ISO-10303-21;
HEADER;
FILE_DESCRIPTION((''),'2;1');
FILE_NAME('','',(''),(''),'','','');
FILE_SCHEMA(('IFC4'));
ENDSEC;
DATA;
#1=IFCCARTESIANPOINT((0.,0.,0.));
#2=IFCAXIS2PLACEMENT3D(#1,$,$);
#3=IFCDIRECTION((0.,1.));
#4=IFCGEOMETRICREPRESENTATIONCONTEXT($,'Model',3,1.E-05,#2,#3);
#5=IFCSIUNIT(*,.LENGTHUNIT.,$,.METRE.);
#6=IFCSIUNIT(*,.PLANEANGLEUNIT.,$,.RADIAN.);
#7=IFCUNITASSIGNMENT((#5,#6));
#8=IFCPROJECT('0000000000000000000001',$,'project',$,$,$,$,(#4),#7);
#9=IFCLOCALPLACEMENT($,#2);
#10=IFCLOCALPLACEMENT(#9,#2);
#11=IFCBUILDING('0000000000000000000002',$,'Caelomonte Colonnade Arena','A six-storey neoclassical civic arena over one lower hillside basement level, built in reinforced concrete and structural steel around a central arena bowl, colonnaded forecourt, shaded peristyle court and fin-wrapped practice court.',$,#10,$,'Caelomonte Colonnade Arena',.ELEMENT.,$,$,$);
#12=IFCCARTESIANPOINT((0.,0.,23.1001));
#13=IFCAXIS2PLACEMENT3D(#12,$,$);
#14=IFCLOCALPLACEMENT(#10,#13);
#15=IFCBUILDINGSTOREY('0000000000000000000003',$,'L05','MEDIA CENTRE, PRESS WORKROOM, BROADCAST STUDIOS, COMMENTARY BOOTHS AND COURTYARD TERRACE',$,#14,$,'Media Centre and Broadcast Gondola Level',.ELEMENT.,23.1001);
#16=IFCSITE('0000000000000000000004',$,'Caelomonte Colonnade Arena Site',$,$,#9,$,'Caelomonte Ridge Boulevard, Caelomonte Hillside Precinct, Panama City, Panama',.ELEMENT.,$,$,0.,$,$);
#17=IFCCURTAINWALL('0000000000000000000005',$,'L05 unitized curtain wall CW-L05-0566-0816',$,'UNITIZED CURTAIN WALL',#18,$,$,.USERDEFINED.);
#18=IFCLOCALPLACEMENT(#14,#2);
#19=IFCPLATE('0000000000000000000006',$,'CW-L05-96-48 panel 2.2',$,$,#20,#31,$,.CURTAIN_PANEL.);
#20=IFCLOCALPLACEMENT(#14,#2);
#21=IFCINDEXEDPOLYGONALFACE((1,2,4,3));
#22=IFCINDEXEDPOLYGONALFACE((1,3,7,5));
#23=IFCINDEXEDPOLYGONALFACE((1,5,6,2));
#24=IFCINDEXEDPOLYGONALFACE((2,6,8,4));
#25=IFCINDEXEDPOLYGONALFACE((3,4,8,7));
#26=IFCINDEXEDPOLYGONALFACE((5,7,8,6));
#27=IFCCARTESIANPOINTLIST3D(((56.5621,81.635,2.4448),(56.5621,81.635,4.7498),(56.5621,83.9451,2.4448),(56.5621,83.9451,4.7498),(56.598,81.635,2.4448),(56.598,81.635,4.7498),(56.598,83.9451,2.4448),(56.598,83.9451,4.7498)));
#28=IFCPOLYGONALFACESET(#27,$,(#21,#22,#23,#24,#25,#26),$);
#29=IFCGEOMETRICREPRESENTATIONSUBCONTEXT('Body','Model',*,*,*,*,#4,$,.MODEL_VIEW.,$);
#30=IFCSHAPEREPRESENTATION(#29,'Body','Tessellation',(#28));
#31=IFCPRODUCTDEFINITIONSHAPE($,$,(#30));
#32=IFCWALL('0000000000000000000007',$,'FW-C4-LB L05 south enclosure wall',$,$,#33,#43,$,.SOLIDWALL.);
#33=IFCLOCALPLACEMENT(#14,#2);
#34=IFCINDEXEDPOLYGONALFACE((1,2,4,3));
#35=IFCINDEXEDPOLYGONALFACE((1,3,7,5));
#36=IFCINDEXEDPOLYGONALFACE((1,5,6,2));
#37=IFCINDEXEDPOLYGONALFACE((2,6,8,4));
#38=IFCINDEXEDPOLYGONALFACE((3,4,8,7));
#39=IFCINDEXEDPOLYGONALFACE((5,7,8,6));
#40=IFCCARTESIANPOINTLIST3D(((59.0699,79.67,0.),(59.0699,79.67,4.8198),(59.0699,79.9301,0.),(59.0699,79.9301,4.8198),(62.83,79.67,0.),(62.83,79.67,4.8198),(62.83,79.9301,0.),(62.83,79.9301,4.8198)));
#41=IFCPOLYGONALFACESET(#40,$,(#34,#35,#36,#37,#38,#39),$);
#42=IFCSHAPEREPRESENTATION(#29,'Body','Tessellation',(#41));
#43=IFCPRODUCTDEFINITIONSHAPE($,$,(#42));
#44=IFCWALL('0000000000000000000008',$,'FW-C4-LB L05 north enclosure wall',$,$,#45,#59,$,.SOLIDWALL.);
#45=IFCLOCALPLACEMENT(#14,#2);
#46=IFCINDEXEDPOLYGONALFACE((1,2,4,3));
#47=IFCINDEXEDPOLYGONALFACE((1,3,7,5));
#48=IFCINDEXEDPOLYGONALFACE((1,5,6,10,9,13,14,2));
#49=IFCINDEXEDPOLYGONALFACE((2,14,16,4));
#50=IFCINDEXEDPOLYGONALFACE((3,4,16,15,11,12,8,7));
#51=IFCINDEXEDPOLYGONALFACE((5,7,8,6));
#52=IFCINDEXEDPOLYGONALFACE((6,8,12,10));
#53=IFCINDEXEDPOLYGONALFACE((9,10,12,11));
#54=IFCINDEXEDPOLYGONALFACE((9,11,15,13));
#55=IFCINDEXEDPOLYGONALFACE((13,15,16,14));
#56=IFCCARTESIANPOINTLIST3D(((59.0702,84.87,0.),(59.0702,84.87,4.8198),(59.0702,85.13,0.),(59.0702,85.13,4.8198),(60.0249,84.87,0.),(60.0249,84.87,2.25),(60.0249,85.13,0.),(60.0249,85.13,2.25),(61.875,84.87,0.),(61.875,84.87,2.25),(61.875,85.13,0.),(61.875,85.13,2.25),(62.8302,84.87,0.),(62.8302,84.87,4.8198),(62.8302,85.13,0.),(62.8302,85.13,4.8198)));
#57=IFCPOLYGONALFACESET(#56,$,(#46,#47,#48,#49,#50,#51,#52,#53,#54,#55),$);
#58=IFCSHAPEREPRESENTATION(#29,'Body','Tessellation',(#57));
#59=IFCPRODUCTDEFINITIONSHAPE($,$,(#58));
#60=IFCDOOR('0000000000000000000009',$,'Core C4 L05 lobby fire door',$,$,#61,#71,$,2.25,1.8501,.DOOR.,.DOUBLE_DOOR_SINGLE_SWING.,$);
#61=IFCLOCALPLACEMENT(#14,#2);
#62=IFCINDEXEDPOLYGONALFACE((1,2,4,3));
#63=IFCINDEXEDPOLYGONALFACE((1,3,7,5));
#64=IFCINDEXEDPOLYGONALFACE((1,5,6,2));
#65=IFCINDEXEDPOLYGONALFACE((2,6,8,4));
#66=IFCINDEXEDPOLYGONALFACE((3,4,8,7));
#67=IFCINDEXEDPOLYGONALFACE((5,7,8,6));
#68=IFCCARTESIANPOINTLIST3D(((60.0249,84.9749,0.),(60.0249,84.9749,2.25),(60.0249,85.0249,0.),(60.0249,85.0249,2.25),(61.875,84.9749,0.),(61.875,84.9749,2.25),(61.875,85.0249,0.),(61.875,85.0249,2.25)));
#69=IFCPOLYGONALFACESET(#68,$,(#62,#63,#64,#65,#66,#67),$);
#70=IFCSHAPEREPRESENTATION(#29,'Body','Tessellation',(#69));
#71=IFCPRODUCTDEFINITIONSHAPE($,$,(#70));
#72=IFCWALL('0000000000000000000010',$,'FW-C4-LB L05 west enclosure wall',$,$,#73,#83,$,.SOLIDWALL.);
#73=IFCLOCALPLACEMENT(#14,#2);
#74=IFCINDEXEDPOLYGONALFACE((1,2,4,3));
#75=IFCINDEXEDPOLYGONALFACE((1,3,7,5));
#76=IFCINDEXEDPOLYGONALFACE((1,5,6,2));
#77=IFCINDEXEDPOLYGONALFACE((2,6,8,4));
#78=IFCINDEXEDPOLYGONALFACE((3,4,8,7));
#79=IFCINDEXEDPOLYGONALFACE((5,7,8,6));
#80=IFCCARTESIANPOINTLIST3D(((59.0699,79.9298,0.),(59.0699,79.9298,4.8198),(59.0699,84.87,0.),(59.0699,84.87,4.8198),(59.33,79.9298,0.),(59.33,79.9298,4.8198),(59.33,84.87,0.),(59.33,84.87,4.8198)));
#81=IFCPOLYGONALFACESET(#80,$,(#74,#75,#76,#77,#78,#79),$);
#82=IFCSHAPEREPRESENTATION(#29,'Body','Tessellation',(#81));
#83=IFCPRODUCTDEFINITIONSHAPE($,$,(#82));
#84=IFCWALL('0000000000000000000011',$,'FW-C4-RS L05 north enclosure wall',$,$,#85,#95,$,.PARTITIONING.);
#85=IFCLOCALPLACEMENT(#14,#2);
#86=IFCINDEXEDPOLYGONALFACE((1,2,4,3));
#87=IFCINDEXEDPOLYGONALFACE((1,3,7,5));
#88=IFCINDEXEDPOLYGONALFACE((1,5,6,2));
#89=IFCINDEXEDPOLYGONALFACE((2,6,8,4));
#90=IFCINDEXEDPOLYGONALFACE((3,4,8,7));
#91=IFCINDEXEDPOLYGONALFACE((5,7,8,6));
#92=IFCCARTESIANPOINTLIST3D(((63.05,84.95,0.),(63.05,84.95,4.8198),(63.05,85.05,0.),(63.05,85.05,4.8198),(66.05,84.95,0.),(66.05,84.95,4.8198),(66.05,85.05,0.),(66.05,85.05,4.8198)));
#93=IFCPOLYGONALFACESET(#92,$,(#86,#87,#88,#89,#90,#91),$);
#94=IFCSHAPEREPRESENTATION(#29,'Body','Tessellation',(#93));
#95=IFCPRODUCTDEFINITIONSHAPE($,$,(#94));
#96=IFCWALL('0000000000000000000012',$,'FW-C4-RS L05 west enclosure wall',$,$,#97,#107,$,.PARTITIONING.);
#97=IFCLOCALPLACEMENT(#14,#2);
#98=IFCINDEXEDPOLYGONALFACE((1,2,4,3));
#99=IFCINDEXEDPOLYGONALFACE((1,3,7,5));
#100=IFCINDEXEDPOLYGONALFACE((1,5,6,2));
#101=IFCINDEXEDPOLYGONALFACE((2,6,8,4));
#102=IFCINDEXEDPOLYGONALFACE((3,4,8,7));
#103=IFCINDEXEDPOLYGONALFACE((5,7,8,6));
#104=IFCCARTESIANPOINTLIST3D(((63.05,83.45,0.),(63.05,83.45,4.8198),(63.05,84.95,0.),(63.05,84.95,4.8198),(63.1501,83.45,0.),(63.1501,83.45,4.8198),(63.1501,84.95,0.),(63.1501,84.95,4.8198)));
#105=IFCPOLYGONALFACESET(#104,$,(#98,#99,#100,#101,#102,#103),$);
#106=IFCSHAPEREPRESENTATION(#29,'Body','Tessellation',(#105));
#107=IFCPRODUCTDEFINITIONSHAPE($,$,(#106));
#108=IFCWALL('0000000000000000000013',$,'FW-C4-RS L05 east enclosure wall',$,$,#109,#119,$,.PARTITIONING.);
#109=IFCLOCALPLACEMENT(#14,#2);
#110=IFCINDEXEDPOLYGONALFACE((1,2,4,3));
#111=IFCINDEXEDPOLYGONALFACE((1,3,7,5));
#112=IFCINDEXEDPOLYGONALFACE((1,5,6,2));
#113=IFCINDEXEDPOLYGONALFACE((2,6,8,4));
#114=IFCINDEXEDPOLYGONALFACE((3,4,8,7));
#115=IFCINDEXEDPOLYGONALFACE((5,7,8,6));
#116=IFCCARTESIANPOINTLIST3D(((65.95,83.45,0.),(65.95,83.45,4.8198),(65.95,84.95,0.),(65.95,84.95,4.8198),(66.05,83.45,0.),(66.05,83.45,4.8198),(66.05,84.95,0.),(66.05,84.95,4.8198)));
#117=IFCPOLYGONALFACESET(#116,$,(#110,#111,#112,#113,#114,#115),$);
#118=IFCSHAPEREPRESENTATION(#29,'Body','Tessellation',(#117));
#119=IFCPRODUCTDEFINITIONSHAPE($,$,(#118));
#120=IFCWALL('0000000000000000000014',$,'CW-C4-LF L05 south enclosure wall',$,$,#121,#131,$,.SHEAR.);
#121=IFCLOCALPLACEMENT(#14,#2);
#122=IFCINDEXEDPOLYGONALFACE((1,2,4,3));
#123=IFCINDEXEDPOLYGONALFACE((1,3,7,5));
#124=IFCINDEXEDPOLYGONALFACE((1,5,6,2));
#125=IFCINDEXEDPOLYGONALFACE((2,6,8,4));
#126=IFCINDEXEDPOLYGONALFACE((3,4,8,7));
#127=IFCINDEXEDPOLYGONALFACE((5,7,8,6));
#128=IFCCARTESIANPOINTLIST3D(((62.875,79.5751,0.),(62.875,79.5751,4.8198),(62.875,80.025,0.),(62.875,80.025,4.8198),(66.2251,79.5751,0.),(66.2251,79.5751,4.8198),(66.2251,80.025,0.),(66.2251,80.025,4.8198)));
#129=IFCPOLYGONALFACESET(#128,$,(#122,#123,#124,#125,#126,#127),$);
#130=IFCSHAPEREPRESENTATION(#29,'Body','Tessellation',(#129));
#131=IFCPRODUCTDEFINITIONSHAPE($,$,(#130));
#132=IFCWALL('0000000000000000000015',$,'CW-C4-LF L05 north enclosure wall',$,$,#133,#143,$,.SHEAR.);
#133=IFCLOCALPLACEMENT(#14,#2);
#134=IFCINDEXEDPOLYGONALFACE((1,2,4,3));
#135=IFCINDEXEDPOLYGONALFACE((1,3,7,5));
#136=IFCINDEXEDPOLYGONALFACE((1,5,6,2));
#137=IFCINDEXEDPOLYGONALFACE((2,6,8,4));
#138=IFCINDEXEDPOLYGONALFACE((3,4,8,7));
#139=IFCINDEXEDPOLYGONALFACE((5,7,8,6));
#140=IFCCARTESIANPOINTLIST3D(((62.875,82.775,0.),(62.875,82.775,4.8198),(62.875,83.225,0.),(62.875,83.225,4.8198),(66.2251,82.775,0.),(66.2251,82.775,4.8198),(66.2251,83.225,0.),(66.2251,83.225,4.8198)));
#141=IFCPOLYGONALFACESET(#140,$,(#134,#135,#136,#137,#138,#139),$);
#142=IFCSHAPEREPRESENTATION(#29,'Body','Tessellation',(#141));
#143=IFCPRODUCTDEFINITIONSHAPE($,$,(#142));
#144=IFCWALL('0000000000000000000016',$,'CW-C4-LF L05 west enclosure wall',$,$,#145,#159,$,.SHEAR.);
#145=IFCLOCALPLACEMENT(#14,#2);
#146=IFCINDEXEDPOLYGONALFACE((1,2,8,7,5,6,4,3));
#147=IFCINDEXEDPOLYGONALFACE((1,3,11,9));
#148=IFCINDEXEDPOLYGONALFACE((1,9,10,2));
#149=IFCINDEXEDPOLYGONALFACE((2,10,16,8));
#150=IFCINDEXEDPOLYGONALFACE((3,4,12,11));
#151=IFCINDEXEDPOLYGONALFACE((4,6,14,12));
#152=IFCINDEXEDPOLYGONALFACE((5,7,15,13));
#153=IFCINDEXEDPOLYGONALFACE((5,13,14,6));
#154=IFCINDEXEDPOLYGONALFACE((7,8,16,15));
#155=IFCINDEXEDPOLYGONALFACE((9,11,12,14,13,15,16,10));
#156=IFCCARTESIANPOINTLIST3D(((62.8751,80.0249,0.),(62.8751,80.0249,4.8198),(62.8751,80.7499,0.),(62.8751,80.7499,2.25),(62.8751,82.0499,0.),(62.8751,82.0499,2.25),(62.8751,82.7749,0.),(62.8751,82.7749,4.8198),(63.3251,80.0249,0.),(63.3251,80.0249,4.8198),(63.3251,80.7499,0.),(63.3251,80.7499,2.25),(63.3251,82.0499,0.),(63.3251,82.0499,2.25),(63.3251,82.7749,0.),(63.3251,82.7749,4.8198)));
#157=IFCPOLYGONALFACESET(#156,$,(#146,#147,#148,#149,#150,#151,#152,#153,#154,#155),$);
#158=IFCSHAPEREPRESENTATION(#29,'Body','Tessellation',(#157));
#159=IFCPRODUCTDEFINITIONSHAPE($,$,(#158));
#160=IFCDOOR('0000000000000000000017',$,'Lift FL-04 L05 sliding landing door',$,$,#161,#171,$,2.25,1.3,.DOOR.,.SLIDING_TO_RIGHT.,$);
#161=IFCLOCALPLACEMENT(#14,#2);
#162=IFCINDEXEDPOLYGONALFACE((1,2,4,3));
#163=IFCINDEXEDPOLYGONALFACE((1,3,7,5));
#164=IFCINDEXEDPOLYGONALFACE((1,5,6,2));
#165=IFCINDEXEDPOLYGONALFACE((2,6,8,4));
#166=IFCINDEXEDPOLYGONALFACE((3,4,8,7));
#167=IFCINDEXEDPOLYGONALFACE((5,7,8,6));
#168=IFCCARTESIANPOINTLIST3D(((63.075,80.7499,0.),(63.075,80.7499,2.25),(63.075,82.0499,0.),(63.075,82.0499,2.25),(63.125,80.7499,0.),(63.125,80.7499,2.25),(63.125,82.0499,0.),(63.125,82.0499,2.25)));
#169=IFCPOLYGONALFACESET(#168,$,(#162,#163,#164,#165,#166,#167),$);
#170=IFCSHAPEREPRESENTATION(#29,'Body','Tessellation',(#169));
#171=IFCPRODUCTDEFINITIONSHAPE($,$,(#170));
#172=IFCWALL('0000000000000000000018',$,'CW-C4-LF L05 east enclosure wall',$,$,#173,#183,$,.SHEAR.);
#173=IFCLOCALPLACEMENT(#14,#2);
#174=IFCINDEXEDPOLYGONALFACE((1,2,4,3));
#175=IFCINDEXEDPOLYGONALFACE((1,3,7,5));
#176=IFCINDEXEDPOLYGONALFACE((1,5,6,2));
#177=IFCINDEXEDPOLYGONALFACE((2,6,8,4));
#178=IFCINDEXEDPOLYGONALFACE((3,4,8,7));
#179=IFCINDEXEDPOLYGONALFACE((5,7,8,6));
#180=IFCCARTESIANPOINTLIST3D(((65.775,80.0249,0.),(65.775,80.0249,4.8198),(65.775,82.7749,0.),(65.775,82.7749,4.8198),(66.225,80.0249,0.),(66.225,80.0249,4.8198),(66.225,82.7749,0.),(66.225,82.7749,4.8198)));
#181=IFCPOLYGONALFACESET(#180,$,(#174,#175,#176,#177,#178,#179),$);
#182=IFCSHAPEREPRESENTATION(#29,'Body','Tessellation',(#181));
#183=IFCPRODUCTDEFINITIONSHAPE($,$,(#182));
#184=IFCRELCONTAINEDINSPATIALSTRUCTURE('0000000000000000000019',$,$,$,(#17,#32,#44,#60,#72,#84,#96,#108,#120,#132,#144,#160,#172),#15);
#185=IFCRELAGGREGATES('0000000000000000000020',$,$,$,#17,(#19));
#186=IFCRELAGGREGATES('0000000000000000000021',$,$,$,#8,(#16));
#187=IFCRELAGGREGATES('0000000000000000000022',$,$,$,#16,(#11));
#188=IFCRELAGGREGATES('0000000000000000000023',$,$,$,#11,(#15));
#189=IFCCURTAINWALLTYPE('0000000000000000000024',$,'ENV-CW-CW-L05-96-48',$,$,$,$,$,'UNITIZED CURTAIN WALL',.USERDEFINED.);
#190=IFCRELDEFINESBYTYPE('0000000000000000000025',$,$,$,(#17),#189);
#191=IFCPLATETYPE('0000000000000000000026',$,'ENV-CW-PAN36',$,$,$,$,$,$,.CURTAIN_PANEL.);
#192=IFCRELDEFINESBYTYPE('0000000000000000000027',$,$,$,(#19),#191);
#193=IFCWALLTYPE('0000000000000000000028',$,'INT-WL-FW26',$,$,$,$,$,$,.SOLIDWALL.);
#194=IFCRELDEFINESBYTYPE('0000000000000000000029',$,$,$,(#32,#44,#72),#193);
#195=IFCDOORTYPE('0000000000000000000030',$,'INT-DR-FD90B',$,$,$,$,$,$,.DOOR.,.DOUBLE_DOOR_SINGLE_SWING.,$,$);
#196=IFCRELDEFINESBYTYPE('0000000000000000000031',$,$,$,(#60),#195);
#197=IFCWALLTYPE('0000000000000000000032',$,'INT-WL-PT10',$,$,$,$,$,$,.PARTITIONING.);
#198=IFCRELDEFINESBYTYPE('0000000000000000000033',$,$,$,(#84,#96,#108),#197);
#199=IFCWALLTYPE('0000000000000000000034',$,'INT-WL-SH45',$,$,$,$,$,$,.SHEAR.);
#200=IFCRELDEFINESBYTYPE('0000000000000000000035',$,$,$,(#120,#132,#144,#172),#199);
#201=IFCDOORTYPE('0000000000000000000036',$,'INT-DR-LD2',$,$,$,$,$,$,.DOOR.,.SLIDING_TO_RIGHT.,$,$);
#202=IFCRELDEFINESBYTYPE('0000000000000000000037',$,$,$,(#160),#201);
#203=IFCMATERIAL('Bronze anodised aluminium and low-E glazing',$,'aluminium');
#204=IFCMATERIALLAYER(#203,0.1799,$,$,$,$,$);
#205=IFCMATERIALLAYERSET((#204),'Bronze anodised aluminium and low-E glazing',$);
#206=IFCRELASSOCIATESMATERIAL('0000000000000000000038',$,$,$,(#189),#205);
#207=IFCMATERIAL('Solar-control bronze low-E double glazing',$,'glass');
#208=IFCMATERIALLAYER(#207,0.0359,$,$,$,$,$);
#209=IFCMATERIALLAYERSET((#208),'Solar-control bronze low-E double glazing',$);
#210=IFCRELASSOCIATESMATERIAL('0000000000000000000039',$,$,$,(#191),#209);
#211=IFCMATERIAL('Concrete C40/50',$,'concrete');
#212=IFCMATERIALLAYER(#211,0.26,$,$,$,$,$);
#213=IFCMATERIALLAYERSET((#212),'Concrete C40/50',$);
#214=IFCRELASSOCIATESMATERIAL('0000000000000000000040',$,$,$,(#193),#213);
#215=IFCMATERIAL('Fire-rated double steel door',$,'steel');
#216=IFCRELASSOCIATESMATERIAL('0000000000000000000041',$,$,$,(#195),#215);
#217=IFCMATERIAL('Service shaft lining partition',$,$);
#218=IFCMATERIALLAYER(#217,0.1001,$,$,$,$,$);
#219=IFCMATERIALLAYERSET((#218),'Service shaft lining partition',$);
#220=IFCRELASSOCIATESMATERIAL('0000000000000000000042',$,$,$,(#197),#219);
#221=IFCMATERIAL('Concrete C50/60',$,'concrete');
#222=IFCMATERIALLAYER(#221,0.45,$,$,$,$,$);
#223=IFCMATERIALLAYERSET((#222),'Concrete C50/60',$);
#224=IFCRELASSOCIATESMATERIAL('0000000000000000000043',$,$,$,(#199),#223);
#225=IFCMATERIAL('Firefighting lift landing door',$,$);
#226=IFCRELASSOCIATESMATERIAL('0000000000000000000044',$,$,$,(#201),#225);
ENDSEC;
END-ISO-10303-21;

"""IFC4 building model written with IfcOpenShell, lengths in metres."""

from ifc_helpers import new_model, si_unit, direction, frame, frame_2d, origin, origin_2d, place, context, subcontext, project, spatial, rectangle, extrude, material, layer, layer_set, type_object, element, fill, aggregate, save


model = new_model("IFC4")

# Units and contexts
model_context = context("Model", 3, precision=1e-05, world=origin(), true_north=direction((0.0, 1.0)))
body_context = subcontext(model_context, "Body", "Model", "MODEL_VIEW")
ifc_project = project(units=[si_unit("LENGTHUNIT", "METRE"), si_unit("PLANEANGLEUNIT", "RADIAN")], contexts=[model_context])

# Site, building, storey
site_placement = place(None, origin())
site = spatial("IfcSite", under=ifc_project, at=site_placement, Name="Caelomonte Colonnade Arena Site", LongName="Caelomonte Ridge Boulevard, Caelomonte Hillside Precinct, Panama City, Panama", CompositionType="ELEMENT", RefElevation=0.0)
building_placement = place(site_placement, origin())
building = spatial("IfcBuilding", under=site, at=building_placement, Name="Caelomonte Colonnade Arena", Description="A six-storey neoclassical civic arena over one lower hillside basement level, built in reinforced concrete and structural steel around a central arena bowl, colonnaded forecourt, shaded peristyle court and fin-wrapped practice court.", LongName="Caelomonte Colonnade Arena", CompositionType="ELEMENT")
storey_placement = place(building_placement, frame((0.0, 0.0, 23.1001)))
storey = spatial("IfcBuildingStorey", under=building, at=storey_placement, Name="L05", Description="MEDIA CENTRE, PRESS WORKROOM, BROADCAST STUDIOS, COMMENTARY BOOTHS AND COURTYARD TERRACE", LongName="Media Centre and Broadcast Gondola Level", CompositionType="ELEMENT", Elevation=23.1001)

# Curtain wall
ifc_material_1 = material(Name="Bronze anodised aluminium and low-E glazing", Category="aluminium")
ifc_layer_1 = layer(ifc_material_1, 0.1799)
ifc_layer_set_1 = layer_set([ifc_layer_1], Name="Bronze anodised aluminium and low-E glazing")
curtain_wall_type = type_object("IfcCurtainWallType", Name="ENV-CW-CW-L05-96-48", ElementType="UNITIZED CURTAIN WALL", PredefinedType="USERDEFINED", material=ifc_layer_set_1)
curtain_wall_placement = place(storey_placement, origin())
curtain_wall = element("IfcCurtainWall", 1, at=curtain_wall_placement, inside=storey, type_object=curtain_wall_type, Name="L05 unitized curtain wall CW-L05-0566-0816", ObjectType="UNITIZED CURTAIN WALL", PredefinedType="USERDEFINED")

# Plate
ifc_material_2 = material(Name="Solar-control bronze low-E double glazing", Category="glass")
ifc_layer_2 = layer(ifc_material_2, 0.0359)
ifc_layer_set_2 = layer_set([ifc_layer_2], Name="Solar-control bronze low-E double glazing")
plate_type = type_object("IfcPlateType", Name="ENV-CW-PAN36", PredefinedType="CURTAIN_PANEL", material=ifc_layer_set_2)
plate_1_placement = place(storey_placement, frame((56.5801, 82.79, 2.4448), z_axis=(0.0, 0.0, 1.0), x_axis=(0.0, -1.0, 0.0)))
plate_1 = element("IfcPlate", 2, at=plate_1_placement, type_object=plate_type, Name="CW-L05-96-48 panel 2.2", PredefinedType="CURTAIN_PANEL", context=body_context, shape_type="SweptSolid", body=[
    extrude(rectangle(XDim=2.3101, YDim=0.0359, at=origin_2d()), origin(), (0.0, 0.0, 1.0), 2.3049),
])
aggregate(curtain_wall, [plate_1])

# Wall
ifc_material_3 = material(Name="Concrete C40/50", Category="concrete")
ifc_layer_3 = layer(ifc_material_3, 0.26)
ifc_layer_set_3 = layer_set([ifc_layer_3], Name="Concrete C40/50")
wall_type_1 = type_object("IfcWallType", Name="INT-WL-FW26", PredefinedType="SOLIDWALL", material=ifc_layer_set_3)
wall_1_placement = place(storey_placement, frame((59.0701, 79.8, 0.0), z_axis=(0.0, 0.0, 1.0), x_axis=(1.0, 0.0, 0.0)))
element("IfcWall", 3, at=wall_1_placement, inside=storey, type_object=wall_type_1, Name="FW-C4-LB L05 south enclosure wall", PredefinedType="SOLIDWALL", context=body_context, shape_type="SweptSolid", body=[
    extrude(rectangle(XDim=3.76, YDim=0.26, at=frame_2d((1.8799, 0.0))), origin(), (0.0, 0.0, 1.0), 4.8198),
])

# Wall, opening, door
wall_2_placement = place(storey_placement, frame((62.8301, 85.0, 0.0), z_axis=(0.0, 0.0, 1.0), x_axis=(-1.0, 0.0, 0.0)))
wall_2 = element("IfcWall", 4, at=wall_2_placement, inside=storey, type_object=wall_type_1, Name="FW-C4-LB L05 north enclosure wall", PredefinedType="SOLIDWALL", context=body_context, shape_type="SweptSolid", body=[
    extrude(rectangle(XDim=3.76, YDim=0.26, at=frame_2d((1.8799, 0.0))), origin(), (0.0, 0.0, 1.0), 4.8198),
])
opening_1_placement = place(wall_2_placement, frame((2.8052, 0.0, 0.0), z_axis=(0.0, 0.0, 1.0), x_axis=(-1.0, 0.0, 0.0)))
opening_1 = element("IfcOpeningElement", 5, at=opening_1_placement, cuts=wall_2, PredefinedType="OPENING", context=body_context, shape_type="SweptSolid", body=[
    extrude(rectangle(XDim=1.8501, YDim=2.25, at=frame_2d((0.925, 1.125))), frame((0.0, 0.1399, 0.0), z_axis=(0.0, -1.0, 0.0), x_axis=(1.0, 0.0, 0.0)), (0.0, 0.0, 1.0), 0.28),
])
ifc_material_4 = material(Name="Fire-rated double steel door", Category="steel")
door_type_1 = type_object("IfcDoorType", Name="INT-DR-FD90B", OperationType="DOUBLE_DOOR_SINGLE_SWING", PredefinedType="DOOR", material=ifc_material_4)
door_1_placement = place(opening_1_placement, origin())
door_1 = element("IfcDoor", 6, at=door_1_placement, inside=storey, type_object=door_type_1, Name="Core C4 L05 lobby fire door", OperationType="DOUBLE_DOOR_SINGLE_SWING", OverallHeight=2.25, OverallWidth=1.8501, PredefinedType="DOOR", context=body_context, shape_type="SweptSolid", body=[
    extrude(rectangle(XDim=1.8501, YDim=2.25, at=frame_2d((0.925, 1.125))), frame((0.0, 0.0249, 0.0), z_axis=(0.0, -1.0, 0.0), x_axis=(1.0, 0.0, 0.0)), (0.0, 0.0, 1.0), 0.05),
])
fill(opening_1, door_1)

# Walls
wall_3_placement = place(storey_placement, frame((59.2, 84.8701, 0.0), z_axis=(0.0, 0.0, 1.0), x_axis=(0.0, -1.0, 0.0)))
element("IfcWall", 7, at=wall_3_placement, inside=storey, type_object=wall_type_1, Name="FW-C4-LB L05 west enclosure wall", PredefinedType="SOLIDWALL", context=body_context, shape_type="SweptSolid", body=[
    extrude(rectangle(XDim=4.9402, YDim=0.26, at=frame_2d((2.4702, 0.0))), origin(), (0.0, 0.0, 1.0), 4.8198),
])
ifc_material_5 = material(Name="Service shaft lining partition")
ifc_layer_4 = layer(ifc_material_5, 0.1001)
ifc_layer_set_4 = layer_set([ifc_layer_4], Name="Service shaft lining partition")
wall_type_2 = type_object("IfcWallType", Name="INT-WL-PT10", PredefinedType="PARTITIONING", material=ifc_layer_set_4)
wall_4_placement = place(storey_placement, frame((66.05, 85.0, 0.0), z_axis=(0.0, 0.0, 1.0), x_axis=(-1.0, 0.0, 0.0)))
element("IfcWall", 8, at=wall_4_placement, inside=storey, type_object=wall_type_2, Name="FW-C4-RS L05 north enclosure wall", PredefinedType="PARTITIONING", context=body_context, shape_type="SweptSolid", body=[
    extrude(rectangle(XDim=3.0, YDim=0.1001, at=frame_2d((1.5, 0.0))), origin(), (0.0, 0.0, 1.0), 4.8198),
])
for number, where, z_axis, x_axis, name in (
    (9, (63.1001, 84.95, 0.0), (0.0, 0.0, 1.0), (0.0, -1.0, 0.0), "FW-C4-RS L05 west enclosure wall"),
    (10, (66.0, 83.45, 0.0), (0.0, 0.0, 1.0), (0.0, 1.0, 0.0), "FW-C4-RS L05 east enclosure wall"),
):
    element("IfcWall", number, at=place(storey_placement, frame(where, z_axis=z_axis, x_axis=x_axis)), inside=storey, type_object=wall_type_2, Name=name, PredefinedType="PARTITIONING", context=body_context, shape_type="SweptSolid", body=[
        extrude(rectangle(XDim=1.5, YDim=0.1001, at=frame_2d((0.75, 0.0))), origin(), (0.0, 0.0, 1.0), 4.8198),
    ])
ifc_material_6 = material(Name="Concrete C50/60", Category="concrete")
ifc_layer_5 = layer(ifc_material_6, 0.45)
ifc_layer_set_5 = layer_set([ifc_layer_5], Name="Concrete C50/60")
wall_type_3 = type_object("IfcWallType", Name="INT-WL-SH45", PredefinedType="SHEAR", material=ifc_layer_set_5)
for number, where, z_axis, x_axis, name in (
    (11, (62.875, 79.8, 0.0), (0.0, 0.0, 1.0), (1.0, 0.0, 0.0), "CW-C4-LF L05 south enclosure wall"),
    (12, (66.2251, 83.0, 0.0), (0.0, 0.0, 1.0), (-1.0, 0.0, 0.0), "CW-C4-LF L05 north enclosure wall"),
):
    element("IfcWall", number, at=place(storey_placement, frame(where, z_axis=z_axis, x_axis=x_axis)), inside=storey, type_object=wall_type_3, Name=name, PredefinedType="SHEAR", context=body_context, shape_type="SweptSolid", body=[
        extrude(rectangle(XDim=3.3501, YDim=0.45, at=frame_2d((1.675, 0.0))), origin(), (0.0, 0.0, 1.0), 4.8198),
    ])

# Wall, opening, door
wall_5_placement = place(storey_placement, frame((63.1001, 82.7749, 0.0), z_axis=(0.0, 0.0, 1.0), x_axis=(0.0, -1.0, 0.0)))
wall_5 = element("IfcWall", 13, at=wall_5_placement, inside=storey, type_object=wall_type_3, Name="CW-C4-LF L05 west enclosure wall", PredefinedType="SHEAR", context=body_context, shape_type="SweptSolid", body=[
    extrude(rectangle(XDim=2.75, YDim=0.45, at=frame_2d((1.375, 0.0))), origin(), (0.0, 0.0, 1.0), 4.8198),
])
opening_2_placement = place(wall_5_placement, frame((0.7251, 0.0, 0.0), z_axis=(0.0, 0.0, 1.0), x_axis=(1.0, 0.0, 0.0)))
opening_2 = element("IfcOpeningElement", 14, at=opening_2_placement, cuts=wall_5, PredefinedType="OPENING", context=body_context, shape_type="SweptSolid", body=[
    extrude(rectangle(XDim=1.3, YDim=2.25, at=frame_2d((0.6499, 1.125))), frame((0.0, 0.2349, 0.0), z_axis=(0.0, -1.0, 0.0), x_axis=(1.0, 0.0, 0.0)), (0.0, 0.0, 1.0), 0.47),
])
ifc_material_7 = material(Name="Firefighting lift landing door")
door_type_2 = type_object("IfcDoorType", Name="INT-DR-LD2", OperationType="SLIDING_TO_RIGHT", PredefinedType="DOOR", material=ifc_material_7)
door_2_placement = place(opening_2_placement, origin())
door_2 = element("IfcDoor", 15, at=door_2_placement, inside=storey, type_object=door_type_2, Name="Lift FL-04 L05 sliding landing door", OperationType="SLIDING_TO_RIGHT", OverallHeight=2.25, OverallWidth=1.3, PredefinedType="DOOR", context=body_context, shape_type="SweptSolid", body=[
    extrude(rectangle(XDim=1.3, YDim=2.25, at=frame_2d((0.6499, 1.125))), frame((0.0, 0.0249, 0.0), z_axis=(0.0, -1.0, 0.0), x_axis=(1.0, 0.0, 0.0)), (0.0, 0.0, 1.0), 0.05),
])
fill(opening_2, door_2)

# Wall
wall_6_placement = place(storey_placement, frame((66.0, 80.0249, 0.0), z_axis=(0.0, 0.0, 1.0), x_axis=(0.0, 1.0, 0.0)))
element("IfcWall", 16, at=wall_6_placement, inside=storey, type_object=wall_type_3, Name="CW-C4-LF L05 east enclosure wall", PredefinedType="SHEAR", context=body_context, shape_type="SweptSolid", body=[
    extrude(rectangle(XDim=2.75, YDim=0.45, at=frame_2d((1.375, 0.0))), origin(), (0.0, 0.0, 1.0), 4.8198),
])

save(model, "model.ifc")
